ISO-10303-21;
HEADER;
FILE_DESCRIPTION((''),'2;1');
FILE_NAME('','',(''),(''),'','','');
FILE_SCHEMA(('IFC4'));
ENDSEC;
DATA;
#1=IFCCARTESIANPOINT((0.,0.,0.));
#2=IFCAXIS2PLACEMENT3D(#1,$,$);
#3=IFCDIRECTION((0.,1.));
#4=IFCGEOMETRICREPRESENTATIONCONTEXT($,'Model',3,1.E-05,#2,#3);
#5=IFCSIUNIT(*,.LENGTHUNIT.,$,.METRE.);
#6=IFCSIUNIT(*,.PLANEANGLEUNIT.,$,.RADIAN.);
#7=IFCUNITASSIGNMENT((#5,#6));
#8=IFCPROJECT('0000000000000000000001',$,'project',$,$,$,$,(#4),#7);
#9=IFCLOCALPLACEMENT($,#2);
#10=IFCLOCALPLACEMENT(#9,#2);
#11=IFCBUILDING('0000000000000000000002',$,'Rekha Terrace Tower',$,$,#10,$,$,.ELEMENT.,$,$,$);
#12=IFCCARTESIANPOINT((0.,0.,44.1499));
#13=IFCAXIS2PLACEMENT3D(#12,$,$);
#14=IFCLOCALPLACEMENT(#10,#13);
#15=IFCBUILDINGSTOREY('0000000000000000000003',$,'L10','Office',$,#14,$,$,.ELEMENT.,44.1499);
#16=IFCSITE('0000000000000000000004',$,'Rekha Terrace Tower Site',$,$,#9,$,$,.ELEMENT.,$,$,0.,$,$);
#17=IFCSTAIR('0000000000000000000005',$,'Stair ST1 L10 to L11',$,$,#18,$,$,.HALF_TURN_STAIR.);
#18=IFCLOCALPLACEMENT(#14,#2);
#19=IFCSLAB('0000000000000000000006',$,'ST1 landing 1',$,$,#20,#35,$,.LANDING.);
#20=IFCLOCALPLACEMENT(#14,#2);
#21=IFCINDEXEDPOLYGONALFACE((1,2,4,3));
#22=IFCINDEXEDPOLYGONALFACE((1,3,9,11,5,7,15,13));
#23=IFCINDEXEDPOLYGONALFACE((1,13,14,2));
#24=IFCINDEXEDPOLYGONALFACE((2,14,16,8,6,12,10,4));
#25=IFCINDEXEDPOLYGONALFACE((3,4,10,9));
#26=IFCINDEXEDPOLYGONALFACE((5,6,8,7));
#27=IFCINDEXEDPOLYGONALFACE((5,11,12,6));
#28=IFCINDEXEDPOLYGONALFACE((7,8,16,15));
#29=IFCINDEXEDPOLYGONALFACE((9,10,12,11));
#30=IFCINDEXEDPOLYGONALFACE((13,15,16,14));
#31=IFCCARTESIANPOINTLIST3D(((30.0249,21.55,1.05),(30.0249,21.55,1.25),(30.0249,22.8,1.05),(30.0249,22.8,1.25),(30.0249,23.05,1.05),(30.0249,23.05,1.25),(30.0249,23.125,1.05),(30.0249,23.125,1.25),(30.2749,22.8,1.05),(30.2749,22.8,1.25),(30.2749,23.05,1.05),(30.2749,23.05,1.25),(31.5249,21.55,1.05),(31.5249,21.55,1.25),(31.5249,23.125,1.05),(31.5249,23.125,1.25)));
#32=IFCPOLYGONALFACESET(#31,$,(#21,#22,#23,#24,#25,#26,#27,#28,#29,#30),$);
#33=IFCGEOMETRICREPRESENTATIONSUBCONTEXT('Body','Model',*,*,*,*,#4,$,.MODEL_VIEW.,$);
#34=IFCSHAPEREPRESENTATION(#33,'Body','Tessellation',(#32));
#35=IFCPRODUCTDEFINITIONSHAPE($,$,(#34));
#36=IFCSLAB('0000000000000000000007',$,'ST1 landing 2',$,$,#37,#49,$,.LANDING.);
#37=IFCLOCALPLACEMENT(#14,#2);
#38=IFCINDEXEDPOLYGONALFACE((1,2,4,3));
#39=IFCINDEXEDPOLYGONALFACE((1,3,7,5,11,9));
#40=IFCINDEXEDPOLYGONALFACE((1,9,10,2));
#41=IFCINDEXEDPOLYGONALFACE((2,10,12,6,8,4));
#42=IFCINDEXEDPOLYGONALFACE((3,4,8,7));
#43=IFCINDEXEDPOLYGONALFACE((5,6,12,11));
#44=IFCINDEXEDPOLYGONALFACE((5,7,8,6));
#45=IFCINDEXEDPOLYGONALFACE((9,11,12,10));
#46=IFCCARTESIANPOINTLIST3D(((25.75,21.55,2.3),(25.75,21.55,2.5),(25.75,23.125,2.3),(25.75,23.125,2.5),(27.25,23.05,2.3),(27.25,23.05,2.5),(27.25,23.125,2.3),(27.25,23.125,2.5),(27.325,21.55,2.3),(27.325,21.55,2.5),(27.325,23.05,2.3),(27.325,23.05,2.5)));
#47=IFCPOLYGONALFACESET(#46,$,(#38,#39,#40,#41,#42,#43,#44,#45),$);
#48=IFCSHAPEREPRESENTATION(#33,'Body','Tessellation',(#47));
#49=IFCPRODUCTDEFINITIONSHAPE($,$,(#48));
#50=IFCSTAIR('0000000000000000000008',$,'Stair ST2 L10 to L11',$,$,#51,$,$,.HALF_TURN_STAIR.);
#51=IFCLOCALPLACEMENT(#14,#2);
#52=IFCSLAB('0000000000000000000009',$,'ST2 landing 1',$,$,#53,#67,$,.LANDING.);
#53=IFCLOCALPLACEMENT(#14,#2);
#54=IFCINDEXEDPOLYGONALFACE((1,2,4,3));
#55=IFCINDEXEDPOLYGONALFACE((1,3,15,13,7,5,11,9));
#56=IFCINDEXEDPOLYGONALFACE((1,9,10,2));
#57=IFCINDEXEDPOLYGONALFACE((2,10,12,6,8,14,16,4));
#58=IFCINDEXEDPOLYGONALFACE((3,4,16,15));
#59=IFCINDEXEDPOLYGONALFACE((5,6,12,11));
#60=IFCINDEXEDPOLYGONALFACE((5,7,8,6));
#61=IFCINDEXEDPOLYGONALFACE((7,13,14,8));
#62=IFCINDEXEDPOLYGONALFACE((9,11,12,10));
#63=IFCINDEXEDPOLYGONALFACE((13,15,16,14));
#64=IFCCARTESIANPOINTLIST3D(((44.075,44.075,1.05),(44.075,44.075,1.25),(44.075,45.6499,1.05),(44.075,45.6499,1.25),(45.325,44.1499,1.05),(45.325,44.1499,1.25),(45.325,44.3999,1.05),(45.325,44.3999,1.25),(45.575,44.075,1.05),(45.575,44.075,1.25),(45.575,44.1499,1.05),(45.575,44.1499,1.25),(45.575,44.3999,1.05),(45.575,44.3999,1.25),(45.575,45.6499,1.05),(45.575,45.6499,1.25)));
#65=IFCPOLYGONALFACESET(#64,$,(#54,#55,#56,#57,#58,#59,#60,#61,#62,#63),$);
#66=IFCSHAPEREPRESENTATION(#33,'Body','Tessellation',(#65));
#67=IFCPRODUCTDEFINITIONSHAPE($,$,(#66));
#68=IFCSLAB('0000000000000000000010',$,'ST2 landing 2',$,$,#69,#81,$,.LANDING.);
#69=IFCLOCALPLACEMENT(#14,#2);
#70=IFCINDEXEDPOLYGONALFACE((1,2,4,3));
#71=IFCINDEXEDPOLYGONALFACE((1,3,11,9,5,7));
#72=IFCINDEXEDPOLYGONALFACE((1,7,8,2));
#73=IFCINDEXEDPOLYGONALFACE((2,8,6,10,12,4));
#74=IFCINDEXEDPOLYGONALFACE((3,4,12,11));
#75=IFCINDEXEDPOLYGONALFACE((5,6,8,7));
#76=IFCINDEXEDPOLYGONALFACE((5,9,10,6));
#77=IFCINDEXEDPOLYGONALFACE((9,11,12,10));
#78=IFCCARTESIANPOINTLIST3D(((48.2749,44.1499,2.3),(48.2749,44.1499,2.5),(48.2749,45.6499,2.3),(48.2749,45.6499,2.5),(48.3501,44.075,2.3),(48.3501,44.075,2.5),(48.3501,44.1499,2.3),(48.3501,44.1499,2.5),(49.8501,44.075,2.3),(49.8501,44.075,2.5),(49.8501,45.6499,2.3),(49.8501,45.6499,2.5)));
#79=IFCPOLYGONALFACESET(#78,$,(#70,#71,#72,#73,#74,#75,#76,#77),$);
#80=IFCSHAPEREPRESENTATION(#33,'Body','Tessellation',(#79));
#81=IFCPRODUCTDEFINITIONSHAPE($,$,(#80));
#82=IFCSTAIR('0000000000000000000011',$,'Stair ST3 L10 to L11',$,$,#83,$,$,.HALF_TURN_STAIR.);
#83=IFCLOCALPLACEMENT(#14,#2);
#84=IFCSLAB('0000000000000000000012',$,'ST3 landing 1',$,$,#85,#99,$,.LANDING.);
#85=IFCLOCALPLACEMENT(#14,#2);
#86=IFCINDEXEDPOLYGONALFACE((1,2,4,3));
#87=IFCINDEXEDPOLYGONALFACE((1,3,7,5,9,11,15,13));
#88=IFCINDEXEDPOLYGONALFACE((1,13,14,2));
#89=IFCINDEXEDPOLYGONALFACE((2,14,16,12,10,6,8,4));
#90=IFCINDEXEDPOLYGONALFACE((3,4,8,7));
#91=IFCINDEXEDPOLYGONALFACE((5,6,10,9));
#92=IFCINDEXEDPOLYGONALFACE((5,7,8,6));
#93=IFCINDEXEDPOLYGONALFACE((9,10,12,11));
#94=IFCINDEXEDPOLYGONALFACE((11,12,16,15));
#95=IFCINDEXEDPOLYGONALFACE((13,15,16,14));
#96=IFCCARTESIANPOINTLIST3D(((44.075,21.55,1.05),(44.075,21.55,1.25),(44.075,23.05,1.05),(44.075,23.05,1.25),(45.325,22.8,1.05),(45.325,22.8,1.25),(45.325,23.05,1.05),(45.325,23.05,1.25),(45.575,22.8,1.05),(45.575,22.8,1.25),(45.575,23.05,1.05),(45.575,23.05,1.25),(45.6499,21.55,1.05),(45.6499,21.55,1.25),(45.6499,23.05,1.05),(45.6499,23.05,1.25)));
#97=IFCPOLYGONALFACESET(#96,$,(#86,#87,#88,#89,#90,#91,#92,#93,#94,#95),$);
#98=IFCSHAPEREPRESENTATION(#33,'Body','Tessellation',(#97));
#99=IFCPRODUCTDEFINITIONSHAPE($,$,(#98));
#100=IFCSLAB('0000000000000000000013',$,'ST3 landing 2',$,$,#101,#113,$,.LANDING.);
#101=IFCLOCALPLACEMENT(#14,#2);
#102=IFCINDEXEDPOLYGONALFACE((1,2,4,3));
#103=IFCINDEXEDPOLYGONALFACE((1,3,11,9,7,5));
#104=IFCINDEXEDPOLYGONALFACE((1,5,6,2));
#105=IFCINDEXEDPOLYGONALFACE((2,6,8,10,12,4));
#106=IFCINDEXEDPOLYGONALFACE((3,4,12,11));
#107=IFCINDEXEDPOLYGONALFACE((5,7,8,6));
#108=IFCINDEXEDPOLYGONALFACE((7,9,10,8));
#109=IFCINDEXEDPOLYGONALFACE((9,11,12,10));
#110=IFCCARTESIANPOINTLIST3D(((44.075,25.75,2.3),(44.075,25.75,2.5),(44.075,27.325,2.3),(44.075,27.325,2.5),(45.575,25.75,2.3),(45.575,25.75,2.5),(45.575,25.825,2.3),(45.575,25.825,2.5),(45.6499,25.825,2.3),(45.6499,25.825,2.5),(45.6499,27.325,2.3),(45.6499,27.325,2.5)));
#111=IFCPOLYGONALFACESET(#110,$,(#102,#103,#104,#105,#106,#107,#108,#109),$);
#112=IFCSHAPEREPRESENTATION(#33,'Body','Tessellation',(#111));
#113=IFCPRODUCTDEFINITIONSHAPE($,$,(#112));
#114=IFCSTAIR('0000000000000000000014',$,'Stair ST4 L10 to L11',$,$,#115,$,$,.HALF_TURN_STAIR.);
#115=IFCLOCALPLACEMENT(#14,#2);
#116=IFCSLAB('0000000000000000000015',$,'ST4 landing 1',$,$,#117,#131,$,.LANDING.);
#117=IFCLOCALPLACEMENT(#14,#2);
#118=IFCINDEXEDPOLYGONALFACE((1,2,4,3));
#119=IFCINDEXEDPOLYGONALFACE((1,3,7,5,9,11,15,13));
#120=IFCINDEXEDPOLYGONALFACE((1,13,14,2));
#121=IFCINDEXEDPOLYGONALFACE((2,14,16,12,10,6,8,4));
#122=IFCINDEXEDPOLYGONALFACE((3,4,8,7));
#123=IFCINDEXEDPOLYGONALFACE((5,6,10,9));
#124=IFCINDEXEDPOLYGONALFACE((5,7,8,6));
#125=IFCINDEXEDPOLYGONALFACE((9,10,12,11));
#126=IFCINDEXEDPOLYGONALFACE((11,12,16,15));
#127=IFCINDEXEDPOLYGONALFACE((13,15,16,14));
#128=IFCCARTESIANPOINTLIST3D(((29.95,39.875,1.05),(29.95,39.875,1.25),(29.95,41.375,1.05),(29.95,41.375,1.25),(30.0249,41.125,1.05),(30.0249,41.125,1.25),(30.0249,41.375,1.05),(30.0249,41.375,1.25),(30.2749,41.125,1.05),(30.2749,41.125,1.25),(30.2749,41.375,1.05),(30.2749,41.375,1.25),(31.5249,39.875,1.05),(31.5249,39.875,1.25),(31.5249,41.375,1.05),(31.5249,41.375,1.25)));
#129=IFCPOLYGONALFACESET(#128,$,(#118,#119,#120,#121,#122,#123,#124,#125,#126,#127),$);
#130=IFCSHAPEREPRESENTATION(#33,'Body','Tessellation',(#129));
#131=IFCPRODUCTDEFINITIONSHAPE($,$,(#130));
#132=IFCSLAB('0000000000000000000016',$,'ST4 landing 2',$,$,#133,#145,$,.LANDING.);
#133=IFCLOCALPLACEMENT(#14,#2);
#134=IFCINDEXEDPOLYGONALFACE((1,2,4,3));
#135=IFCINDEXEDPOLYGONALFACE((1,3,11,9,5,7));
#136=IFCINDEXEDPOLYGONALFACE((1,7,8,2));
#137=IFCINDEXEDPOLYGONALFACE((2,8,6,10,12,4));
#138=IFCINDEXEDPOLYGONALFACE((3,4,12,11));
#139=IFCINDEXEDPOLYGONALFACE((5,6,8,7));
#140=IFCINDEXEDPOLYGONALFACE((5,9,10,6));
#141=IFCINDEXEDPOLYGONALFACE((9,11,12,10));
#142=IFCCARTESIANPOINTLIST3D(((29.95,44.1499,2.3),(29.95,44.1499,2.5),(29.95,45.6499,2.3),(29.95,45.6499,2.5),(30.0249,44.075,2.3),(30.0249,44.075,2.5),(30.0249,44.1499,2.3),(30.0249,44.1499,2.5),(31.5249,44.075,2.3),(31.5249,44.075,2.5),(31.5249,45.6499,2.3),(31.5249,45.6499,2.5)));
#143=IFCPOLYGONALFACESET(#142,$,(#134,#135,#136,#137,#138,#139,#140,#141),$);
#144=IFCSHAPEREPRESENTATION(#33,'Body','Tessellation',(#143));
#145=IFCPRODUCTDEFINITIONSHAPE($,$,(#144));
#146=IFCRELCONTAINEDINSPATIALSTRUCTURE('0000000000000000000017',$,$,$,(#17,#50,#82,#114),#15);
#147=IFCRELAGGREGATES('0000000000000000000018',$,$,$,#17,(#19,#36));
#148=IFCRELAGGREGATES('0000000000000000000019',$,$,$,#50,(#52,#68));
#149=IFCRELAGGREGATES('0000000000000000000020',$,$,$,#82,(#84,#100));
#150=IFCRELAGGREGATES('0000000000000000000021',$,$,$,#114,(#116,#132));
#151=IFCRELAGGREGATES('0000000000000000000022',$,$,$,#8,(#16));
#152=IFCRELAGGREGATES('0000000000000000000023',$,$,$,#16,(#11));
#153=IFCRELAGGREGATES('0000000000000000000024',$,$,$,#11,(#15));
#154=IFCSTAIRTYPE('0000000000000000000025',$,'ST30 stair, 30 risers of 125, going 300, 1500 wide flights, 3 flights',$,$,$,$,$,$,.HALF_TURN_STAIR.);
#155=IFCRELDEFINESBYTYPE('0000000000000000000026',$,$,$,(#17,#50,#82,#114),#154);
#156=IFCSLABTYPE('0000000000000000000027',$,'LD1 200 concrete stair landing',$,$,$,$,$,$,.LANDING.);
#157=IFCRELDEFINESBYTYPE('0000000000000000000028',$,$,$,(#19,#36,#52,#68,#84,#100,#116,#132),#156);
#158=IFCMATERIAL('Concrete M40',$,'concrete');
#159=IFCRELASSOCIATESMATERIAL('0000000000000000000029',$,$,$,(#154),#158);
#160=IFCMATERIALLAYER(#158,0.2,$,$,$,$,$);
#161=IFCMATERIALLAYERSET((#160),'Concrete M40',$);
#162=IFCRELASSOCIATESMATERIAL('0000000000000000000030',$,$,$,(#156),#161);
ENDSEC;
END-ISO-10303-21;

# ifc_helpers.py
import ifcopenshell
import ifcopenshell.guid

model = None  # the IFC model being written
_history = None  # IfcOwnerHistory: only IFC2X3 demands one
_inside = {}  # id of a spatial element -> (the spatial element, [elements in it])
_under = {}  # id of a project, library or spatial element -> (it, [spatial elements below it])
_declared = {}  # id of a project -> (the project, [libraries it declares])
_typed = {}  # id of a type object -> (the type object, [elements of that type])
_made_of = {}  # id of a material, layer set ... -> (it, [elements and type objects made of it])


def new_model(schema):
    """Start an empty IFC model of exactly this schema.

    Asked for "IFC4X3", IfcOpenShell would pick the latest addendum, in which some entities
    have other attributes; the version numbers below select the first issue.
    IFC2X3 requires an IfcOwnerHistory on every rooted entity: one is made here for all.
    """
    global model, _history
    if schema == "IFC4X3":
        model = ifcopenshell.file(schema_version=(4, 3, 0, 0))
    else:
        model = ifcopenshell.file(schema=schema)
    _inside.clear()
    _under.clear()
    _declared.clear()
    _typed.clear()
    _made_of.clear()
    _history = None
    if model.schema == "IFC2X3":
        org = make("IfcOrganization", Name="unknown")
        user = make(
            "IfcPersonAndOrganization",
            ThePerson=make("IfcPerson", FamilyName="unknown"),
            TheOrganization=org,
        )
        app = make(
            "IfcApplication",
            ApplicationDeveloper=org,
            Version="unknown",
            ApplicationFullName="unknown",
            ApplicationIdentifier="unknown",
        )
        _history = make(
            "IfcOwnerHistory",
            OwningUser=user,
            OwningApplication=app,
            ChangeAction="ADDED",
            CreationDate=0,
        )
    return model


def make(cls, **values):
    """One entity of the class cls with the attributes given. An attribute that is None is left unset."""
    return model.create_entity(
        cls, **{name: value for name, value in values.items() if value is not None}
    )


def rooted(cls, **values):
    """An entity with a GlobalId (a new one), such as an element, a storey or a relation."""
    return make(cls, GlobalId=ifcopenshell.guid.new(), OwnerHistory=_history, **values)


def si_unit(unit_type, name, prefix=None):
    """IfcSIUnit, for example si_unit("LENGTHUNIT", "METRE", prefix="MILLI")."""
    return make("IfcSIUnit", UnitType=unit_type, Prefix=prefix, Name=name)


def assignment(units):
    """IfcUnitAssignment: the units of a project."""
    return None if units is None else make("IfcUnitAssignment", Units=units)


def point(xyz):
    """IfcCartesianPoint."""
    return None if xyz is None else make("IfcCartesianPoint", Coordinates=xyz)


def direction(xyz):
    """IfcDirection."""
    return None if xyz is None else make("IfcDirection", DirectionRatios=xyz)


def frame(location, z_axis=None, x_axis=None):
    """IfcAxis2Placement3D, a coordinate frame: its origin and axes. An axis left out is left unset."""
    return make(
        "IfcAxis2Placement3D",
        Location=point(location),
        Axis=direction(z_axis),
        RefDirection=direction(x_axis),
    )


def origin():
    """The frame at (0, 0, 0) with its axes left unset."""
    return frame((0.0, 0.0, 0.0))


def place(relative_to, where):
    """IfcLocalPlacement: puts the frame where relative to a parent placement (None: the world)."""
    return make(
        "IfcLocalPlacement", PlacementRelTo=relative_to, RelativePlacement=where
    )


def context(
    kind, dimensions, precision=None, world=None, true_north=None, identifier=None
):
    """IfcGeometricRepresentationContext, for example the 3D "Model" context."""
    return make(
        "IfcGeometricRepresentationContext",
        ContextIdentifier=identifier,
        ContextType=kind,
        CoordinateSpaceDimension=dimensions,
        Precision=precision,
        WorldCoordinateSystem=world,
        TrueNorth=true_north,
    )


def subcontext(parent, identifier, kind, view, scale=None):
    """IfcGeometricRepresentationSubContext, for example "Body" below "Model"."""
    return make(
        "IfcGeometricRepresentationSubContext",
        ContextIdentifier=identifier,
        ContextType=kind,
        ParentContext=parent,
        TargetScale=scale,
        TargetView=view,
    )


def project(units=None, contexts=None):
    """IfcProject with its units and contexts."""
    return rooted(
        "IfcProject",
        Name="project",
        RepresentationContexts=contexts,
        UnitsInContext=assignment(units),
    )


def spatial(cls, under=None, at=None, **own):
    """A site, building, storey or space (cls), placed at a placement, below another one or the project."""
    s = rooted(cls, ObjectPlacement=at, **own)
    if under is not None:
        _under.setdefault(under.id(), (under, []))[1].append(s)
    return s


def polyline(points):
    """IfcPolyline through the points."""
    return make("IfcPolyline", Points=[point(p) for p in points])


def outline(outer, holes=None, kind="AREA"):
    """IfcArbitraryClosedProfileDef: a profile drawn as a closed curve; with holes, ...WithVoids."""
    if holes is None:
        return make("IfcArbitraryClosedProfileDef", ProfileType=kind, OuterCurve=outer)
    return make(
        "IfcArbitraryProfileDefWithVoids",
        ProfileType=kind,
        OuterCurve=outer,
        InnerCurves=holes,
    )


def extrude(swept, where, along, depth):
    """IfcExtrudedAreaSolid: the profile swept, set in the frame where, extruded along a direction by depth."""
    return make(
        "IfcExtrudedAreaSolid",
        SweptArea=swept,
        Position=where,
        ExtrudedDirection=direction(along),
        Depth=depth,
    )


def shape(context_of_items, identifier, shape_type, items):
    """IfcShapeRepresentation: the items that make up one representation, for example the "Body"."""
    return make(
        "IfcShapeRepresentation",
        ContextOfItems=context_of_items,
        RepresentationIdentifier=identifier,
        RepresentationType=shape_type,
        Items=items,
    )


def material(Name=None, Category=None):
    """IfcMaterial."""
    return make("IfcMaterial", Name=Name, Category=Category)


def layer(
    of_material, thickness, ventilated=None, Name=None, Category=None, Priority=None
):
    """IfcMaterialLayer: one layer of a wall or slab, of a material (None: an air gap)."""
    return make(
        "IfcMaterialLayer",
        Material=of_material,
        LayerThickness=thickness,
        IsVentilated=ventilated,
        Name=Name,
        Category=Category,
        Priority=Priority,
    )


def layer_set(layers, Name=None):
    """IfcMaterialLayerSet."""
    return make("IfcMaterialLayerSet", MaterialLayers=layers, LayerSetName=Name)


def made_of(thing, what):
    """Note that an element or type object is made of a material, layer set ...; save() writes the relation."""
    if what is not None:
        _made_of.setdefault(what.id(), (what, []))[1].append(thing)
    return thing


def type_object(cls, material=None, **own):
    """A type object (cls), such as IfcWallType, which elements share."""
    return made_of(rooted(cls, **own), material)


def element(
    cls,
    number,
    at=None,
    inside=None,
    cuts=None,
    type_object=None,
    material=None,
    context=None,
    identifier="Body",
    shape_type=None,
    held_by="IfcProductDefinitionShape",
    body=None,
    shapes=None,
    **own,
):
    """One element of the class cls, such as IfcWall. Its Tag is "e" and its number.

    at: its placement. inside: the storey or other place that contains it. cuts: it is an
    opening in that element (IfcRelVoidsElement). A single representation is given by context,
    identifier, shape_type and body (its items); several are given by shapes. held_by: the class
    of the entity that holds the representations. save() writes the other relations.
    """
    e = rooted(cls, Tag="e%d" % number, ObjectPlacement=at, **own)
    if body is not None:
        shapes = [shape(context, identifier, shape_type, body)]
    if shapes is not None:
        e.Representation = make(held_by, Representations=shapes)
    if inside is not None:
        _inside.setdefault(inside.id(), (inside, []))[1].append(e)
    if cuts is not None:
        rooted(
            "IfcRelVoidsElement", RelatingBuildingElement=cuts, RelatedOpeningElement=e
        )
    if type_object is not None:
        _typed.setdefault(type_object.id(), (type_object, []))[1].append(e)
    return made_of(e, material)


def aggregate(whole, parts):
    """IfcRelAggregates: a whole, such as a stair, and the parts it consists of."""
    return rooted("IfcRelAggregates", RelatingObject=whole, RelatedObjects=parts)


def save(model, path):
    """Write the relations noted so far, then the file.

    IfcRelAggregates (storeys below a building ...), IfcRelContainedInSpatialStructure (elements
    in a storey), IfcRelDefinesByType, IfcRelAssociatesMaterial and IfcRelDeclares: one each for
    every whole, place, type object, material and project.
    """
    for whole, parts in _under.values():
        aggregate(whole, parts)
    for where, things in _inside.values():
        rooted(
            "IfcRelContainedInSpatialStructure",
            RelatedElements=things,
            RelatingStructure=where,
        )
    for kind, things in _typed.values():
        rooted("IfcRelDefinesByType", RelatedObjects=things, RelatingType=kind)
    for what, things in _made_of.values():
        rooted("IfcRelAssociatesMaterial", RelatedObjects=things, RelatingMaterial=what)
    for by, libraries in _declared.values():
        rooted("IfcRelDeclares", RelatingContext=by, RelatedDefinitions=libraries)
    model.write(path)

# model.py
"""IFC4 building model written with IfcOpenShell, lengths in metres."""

from ifc_helpers import new_model, si_unit, direction, frame, origin, place, context, subcontext, project, spatial, polyline, outline, extrude, material, layer, layer_set, type_object, element, aggregate, save


model = new_model("IFC4")

# Units and contexts
model_context = context("Model", 3, precision=1e-05, world=origin(), true_north=direction((0.0, 1.0)))
body_context = subcontext(model_context, "Body", "Model", "MODEL_VIEW")
ifc_project = project(units=[si_unit("LENGTHUNIT", "METRE"), si_unit("PLANEANGLEUNIT", "RADIAN")], contexts=[model_context])

# Site, building, storey
site_placement = place(None, origin())
site = spatial("IfcSite", under=ifc_project, at=site_placement, Name="Rekha Terrace Tower Site", CompositionType="ELEMENT", RefElevation=0.0)
building_placement = place(site_placement, origin())
building = spatial("IfcBuilding", under=site, at=building_placement, Name="Rekha Terrace Tower", CompositionType="ELEMENT")
storey_placement = place(building_placement, frame((0.0, 0.0, 44.1499)))
storey = spatial("IfcBuildingStorey", under=building, at=storey_placement, Name="L10", Description="Office", CompositionType="ELEMENT", Elevation=44.1499)

# Stairs, slabs
ifc_material_1 = material(Name="Concrete M40", Category="concrete")
stair_type = type_object("IfcStairType", Name="ST30 stair, 30 risers of 125, going 300, 1500 wide flights, 3 flights", PredefinedType="HALF_TURN_STAIR", material=ifc_material_1)
stair_1_placement = place(storey_placement, origin())
stair_1 = element("IfcStair", 1, at=stair_1_placement, inside=storey, type_object=stair_type, Name="Stair ST1 L10 to L11", PredefinedType="HALF_TURN_STAIR")
ifc_layer_1 = layer(ifc_material_1, 0.2)
ifc_layer_set_1 = layer_set([ifc_layer_1], Name="Concrete M40")
slab_type_1 = type_object("IfcSlabType", Name="LD1 200 concrete stair landing", PredefinedType="LANDING", material=ifc_layer_set_1)
slab_1_placement = place(storey_placement, frame((0.0, 0.0, 1.05)))
slab_1 = element("IfcSlab", 2, at=slab_1_placement, type_object=slab_type_1, Name="ST1 landing 1", PredefinedType="LANDING", context=body_context, shape_type="SweptSolid", body=[
    extrude(outline(polyline([(30.0249, 21.55), (31.5249, 21.55), (31.5249, 23.125), (30.0249, 23.125), (30.0249, 23.05), (30.2749, 23.05), (30.2749, 22.8), (30.0249, 22.8), (30.0249, 21.55)])), origin(), (0.0, 0.0, 1.0), 0.2),
])
slab_2_placement = place(storey_placement, frame((0.0, 0.0, 2.3)))
slab_2 = element("IfcSlab", 3, at=slab_2_placement, type_object=slab_type_1, Name="ST1 landing 2", PredefinedType="LANDING", context=body_context, shape_type="SweptSolid", body=[
    extrude(outline(polyline([(27.25, 23.125), (25.75, 23.125), (25.75, 21.55), (27.325, 21.55), (27.325, 23.05), (27.25, 23.05), (27.25, 23.125)])), origin(), (0.0, 0.0, 1.0), 0.2),
])
aggregate(stair_1, [slab_1, slab_2])
stair_2_placement = place(storey_placement, origin())
stair_2 = element("IfcStair", 4, at=stair_2_placement, inside=storey, type_object=stair_type, Name="Stair ST2 L10 to L11", PredefinedType="HALF_TURN_STAIR")
slab_3_placement = place(storey_placement, frame((0.0, 0.0, 1.05)))
slab_3 = element("IfcSlab", 5, at=slab_3_placement, type_object=slab_type_1, Name="ST2 landing 1", PredefinedType="LANDING", context=body_context, shape_type="SweptSolid", body=[
    extrude(outline(polyline([(45.575, 45.6499), (44.075, 45.6499), (44.075, 44.075), (45.575, 44.075), (45.575, 44.1499), (45.325, 44.1499), (45.325, 44.3999), (45.575, 44.3999), (45.575, 45.6499)])), origin(), (0.0, 0.0, 1.0), 0.2),
])
slab_4_placement = place(storey_placement, frame((0.0, 0.0, 2.3)))
slab_4 = element("IfcSlab", 6, at=slab_4_placement, type_object=slab_type_1, Name="ST2 landing 2", PredefinedType="LANDING", context=body_context, shape_type="SweptSolid", body=[
    extrude(outline(polyline([(48.3501, 44.075), (49.8501, 44.075), (49.8501, 45.6499), (48.2749, 45.6499), (48.2749, 44.1499), (48.3501, 44.1499), (48.3501, 44.075)])), origin(), (0.0, 0.0, 1.0), 0.2),
])
aggregate(stair_2, [slab_3, slab_4])
stair_3_placement = place(storey_placement, origin())
stair_3 = element("IfcStair", 7, at=stair_3_placement, inside=storey, type_object=stair_type, Name="Stair ST3 L10 to L11", PredefinedType="HALF_TURN_STAIR")
slab_5_placement = place(storey_placement, frame((0.0, 0.0, 1.05)))
slab_5 = element("IfcSlab", 8, at=slab_5_placement, type_object=slab_type_1, Name="ST3 landing 1", PredefinedType="LANDING", context=body_context, shape_type="SweptSolid", body=[
    extrude(outline(polyline([(44.075, 23.05), (44.075, 21.55), (45.6499, 21.55), (45.6499, 23.05), (45.575, 23.05), (45.575, 22.8), (45.325, 22.8), (45.325, 23.05), (44.075, 23.05)])), origin(), (0.0, 0.0, 1.0), 0.2),
])
slab_6_placement = place(storey_placement, frame((0.0, 0.0, 2.3)))
slab_6 = element("IfcSlab", 9, at=slab_6_placement, type_object=slab_type_1, Name="ST3 landing 2", PredefinedType="LANDING", context=body_context, shape_type="SweptSolid", body=[
    extrude(outline(polyline([(45.6499, 25.825), (45.6499, 27.325), (44.075, 27.325), (44.075, 25.75), (45.575, 25.75), (45.575, 25.825), (45.6499, 25.825)])), origin(), (0.0, 0.0, 1.0), 0.2),
])
aggregate(stair_3, [slab_5, slab_6])
stair_4_placement = place(storey_placement, origin())
stair_4 = element("IfcStair", 10, at=stair_4_placement, inside=storey, type_object=stair_type, Name="Stair ST4 L10 to L11", PredefinedType="HALF_TURN_STAIR")
slab_7_placement = place(storey_placement, frame((0.0, 0.0, 1.05)))
slab_7 = element("IfcSlab", 11, at=slab_7_placement, type_object=slab_type_1, Name="ST4 landing 1", PredefinedType="LANDING", context=body_context, shape_type="SweptSolid", body=[
    extrude(outline(polyline([(31.5249, 41.375), (31.5249, 39.875), (29.95, 39.875), (29.95, 41.375), (30.0249, 41.375), (30.0249, 41.125), (30.2749, 41.125), (30.2749, 41.375), (31.5249, 41.375)])), origin(), (0.0, 0.0, 1.0), 0.2),
])
slab_8_placement = place(storey_placement, frame((0.0, 0.0, 2.3)))
slab_8 = element("IfcSlab", 12, at=slab_8_placement, type_object=slab_type_1, Name="ST4 landing 2", PredefinedType="LANDING", context=body_context, shape_type="SweptSolid", body=[
    extrude(outline(polyline([(29.95, 44.1499), (29.95, 45.6499), (31.5249, 45.6499), (31.5249, 44.075), (30.0249, 44.075), (30.0249, 44.1499), (29.95, 44.1499)])), origin(), (0.0, 0.0, 1.0), 0.2),
])
aggregate(stair_4, [slab_7, slab_8])

save(model, "model.ifc")
